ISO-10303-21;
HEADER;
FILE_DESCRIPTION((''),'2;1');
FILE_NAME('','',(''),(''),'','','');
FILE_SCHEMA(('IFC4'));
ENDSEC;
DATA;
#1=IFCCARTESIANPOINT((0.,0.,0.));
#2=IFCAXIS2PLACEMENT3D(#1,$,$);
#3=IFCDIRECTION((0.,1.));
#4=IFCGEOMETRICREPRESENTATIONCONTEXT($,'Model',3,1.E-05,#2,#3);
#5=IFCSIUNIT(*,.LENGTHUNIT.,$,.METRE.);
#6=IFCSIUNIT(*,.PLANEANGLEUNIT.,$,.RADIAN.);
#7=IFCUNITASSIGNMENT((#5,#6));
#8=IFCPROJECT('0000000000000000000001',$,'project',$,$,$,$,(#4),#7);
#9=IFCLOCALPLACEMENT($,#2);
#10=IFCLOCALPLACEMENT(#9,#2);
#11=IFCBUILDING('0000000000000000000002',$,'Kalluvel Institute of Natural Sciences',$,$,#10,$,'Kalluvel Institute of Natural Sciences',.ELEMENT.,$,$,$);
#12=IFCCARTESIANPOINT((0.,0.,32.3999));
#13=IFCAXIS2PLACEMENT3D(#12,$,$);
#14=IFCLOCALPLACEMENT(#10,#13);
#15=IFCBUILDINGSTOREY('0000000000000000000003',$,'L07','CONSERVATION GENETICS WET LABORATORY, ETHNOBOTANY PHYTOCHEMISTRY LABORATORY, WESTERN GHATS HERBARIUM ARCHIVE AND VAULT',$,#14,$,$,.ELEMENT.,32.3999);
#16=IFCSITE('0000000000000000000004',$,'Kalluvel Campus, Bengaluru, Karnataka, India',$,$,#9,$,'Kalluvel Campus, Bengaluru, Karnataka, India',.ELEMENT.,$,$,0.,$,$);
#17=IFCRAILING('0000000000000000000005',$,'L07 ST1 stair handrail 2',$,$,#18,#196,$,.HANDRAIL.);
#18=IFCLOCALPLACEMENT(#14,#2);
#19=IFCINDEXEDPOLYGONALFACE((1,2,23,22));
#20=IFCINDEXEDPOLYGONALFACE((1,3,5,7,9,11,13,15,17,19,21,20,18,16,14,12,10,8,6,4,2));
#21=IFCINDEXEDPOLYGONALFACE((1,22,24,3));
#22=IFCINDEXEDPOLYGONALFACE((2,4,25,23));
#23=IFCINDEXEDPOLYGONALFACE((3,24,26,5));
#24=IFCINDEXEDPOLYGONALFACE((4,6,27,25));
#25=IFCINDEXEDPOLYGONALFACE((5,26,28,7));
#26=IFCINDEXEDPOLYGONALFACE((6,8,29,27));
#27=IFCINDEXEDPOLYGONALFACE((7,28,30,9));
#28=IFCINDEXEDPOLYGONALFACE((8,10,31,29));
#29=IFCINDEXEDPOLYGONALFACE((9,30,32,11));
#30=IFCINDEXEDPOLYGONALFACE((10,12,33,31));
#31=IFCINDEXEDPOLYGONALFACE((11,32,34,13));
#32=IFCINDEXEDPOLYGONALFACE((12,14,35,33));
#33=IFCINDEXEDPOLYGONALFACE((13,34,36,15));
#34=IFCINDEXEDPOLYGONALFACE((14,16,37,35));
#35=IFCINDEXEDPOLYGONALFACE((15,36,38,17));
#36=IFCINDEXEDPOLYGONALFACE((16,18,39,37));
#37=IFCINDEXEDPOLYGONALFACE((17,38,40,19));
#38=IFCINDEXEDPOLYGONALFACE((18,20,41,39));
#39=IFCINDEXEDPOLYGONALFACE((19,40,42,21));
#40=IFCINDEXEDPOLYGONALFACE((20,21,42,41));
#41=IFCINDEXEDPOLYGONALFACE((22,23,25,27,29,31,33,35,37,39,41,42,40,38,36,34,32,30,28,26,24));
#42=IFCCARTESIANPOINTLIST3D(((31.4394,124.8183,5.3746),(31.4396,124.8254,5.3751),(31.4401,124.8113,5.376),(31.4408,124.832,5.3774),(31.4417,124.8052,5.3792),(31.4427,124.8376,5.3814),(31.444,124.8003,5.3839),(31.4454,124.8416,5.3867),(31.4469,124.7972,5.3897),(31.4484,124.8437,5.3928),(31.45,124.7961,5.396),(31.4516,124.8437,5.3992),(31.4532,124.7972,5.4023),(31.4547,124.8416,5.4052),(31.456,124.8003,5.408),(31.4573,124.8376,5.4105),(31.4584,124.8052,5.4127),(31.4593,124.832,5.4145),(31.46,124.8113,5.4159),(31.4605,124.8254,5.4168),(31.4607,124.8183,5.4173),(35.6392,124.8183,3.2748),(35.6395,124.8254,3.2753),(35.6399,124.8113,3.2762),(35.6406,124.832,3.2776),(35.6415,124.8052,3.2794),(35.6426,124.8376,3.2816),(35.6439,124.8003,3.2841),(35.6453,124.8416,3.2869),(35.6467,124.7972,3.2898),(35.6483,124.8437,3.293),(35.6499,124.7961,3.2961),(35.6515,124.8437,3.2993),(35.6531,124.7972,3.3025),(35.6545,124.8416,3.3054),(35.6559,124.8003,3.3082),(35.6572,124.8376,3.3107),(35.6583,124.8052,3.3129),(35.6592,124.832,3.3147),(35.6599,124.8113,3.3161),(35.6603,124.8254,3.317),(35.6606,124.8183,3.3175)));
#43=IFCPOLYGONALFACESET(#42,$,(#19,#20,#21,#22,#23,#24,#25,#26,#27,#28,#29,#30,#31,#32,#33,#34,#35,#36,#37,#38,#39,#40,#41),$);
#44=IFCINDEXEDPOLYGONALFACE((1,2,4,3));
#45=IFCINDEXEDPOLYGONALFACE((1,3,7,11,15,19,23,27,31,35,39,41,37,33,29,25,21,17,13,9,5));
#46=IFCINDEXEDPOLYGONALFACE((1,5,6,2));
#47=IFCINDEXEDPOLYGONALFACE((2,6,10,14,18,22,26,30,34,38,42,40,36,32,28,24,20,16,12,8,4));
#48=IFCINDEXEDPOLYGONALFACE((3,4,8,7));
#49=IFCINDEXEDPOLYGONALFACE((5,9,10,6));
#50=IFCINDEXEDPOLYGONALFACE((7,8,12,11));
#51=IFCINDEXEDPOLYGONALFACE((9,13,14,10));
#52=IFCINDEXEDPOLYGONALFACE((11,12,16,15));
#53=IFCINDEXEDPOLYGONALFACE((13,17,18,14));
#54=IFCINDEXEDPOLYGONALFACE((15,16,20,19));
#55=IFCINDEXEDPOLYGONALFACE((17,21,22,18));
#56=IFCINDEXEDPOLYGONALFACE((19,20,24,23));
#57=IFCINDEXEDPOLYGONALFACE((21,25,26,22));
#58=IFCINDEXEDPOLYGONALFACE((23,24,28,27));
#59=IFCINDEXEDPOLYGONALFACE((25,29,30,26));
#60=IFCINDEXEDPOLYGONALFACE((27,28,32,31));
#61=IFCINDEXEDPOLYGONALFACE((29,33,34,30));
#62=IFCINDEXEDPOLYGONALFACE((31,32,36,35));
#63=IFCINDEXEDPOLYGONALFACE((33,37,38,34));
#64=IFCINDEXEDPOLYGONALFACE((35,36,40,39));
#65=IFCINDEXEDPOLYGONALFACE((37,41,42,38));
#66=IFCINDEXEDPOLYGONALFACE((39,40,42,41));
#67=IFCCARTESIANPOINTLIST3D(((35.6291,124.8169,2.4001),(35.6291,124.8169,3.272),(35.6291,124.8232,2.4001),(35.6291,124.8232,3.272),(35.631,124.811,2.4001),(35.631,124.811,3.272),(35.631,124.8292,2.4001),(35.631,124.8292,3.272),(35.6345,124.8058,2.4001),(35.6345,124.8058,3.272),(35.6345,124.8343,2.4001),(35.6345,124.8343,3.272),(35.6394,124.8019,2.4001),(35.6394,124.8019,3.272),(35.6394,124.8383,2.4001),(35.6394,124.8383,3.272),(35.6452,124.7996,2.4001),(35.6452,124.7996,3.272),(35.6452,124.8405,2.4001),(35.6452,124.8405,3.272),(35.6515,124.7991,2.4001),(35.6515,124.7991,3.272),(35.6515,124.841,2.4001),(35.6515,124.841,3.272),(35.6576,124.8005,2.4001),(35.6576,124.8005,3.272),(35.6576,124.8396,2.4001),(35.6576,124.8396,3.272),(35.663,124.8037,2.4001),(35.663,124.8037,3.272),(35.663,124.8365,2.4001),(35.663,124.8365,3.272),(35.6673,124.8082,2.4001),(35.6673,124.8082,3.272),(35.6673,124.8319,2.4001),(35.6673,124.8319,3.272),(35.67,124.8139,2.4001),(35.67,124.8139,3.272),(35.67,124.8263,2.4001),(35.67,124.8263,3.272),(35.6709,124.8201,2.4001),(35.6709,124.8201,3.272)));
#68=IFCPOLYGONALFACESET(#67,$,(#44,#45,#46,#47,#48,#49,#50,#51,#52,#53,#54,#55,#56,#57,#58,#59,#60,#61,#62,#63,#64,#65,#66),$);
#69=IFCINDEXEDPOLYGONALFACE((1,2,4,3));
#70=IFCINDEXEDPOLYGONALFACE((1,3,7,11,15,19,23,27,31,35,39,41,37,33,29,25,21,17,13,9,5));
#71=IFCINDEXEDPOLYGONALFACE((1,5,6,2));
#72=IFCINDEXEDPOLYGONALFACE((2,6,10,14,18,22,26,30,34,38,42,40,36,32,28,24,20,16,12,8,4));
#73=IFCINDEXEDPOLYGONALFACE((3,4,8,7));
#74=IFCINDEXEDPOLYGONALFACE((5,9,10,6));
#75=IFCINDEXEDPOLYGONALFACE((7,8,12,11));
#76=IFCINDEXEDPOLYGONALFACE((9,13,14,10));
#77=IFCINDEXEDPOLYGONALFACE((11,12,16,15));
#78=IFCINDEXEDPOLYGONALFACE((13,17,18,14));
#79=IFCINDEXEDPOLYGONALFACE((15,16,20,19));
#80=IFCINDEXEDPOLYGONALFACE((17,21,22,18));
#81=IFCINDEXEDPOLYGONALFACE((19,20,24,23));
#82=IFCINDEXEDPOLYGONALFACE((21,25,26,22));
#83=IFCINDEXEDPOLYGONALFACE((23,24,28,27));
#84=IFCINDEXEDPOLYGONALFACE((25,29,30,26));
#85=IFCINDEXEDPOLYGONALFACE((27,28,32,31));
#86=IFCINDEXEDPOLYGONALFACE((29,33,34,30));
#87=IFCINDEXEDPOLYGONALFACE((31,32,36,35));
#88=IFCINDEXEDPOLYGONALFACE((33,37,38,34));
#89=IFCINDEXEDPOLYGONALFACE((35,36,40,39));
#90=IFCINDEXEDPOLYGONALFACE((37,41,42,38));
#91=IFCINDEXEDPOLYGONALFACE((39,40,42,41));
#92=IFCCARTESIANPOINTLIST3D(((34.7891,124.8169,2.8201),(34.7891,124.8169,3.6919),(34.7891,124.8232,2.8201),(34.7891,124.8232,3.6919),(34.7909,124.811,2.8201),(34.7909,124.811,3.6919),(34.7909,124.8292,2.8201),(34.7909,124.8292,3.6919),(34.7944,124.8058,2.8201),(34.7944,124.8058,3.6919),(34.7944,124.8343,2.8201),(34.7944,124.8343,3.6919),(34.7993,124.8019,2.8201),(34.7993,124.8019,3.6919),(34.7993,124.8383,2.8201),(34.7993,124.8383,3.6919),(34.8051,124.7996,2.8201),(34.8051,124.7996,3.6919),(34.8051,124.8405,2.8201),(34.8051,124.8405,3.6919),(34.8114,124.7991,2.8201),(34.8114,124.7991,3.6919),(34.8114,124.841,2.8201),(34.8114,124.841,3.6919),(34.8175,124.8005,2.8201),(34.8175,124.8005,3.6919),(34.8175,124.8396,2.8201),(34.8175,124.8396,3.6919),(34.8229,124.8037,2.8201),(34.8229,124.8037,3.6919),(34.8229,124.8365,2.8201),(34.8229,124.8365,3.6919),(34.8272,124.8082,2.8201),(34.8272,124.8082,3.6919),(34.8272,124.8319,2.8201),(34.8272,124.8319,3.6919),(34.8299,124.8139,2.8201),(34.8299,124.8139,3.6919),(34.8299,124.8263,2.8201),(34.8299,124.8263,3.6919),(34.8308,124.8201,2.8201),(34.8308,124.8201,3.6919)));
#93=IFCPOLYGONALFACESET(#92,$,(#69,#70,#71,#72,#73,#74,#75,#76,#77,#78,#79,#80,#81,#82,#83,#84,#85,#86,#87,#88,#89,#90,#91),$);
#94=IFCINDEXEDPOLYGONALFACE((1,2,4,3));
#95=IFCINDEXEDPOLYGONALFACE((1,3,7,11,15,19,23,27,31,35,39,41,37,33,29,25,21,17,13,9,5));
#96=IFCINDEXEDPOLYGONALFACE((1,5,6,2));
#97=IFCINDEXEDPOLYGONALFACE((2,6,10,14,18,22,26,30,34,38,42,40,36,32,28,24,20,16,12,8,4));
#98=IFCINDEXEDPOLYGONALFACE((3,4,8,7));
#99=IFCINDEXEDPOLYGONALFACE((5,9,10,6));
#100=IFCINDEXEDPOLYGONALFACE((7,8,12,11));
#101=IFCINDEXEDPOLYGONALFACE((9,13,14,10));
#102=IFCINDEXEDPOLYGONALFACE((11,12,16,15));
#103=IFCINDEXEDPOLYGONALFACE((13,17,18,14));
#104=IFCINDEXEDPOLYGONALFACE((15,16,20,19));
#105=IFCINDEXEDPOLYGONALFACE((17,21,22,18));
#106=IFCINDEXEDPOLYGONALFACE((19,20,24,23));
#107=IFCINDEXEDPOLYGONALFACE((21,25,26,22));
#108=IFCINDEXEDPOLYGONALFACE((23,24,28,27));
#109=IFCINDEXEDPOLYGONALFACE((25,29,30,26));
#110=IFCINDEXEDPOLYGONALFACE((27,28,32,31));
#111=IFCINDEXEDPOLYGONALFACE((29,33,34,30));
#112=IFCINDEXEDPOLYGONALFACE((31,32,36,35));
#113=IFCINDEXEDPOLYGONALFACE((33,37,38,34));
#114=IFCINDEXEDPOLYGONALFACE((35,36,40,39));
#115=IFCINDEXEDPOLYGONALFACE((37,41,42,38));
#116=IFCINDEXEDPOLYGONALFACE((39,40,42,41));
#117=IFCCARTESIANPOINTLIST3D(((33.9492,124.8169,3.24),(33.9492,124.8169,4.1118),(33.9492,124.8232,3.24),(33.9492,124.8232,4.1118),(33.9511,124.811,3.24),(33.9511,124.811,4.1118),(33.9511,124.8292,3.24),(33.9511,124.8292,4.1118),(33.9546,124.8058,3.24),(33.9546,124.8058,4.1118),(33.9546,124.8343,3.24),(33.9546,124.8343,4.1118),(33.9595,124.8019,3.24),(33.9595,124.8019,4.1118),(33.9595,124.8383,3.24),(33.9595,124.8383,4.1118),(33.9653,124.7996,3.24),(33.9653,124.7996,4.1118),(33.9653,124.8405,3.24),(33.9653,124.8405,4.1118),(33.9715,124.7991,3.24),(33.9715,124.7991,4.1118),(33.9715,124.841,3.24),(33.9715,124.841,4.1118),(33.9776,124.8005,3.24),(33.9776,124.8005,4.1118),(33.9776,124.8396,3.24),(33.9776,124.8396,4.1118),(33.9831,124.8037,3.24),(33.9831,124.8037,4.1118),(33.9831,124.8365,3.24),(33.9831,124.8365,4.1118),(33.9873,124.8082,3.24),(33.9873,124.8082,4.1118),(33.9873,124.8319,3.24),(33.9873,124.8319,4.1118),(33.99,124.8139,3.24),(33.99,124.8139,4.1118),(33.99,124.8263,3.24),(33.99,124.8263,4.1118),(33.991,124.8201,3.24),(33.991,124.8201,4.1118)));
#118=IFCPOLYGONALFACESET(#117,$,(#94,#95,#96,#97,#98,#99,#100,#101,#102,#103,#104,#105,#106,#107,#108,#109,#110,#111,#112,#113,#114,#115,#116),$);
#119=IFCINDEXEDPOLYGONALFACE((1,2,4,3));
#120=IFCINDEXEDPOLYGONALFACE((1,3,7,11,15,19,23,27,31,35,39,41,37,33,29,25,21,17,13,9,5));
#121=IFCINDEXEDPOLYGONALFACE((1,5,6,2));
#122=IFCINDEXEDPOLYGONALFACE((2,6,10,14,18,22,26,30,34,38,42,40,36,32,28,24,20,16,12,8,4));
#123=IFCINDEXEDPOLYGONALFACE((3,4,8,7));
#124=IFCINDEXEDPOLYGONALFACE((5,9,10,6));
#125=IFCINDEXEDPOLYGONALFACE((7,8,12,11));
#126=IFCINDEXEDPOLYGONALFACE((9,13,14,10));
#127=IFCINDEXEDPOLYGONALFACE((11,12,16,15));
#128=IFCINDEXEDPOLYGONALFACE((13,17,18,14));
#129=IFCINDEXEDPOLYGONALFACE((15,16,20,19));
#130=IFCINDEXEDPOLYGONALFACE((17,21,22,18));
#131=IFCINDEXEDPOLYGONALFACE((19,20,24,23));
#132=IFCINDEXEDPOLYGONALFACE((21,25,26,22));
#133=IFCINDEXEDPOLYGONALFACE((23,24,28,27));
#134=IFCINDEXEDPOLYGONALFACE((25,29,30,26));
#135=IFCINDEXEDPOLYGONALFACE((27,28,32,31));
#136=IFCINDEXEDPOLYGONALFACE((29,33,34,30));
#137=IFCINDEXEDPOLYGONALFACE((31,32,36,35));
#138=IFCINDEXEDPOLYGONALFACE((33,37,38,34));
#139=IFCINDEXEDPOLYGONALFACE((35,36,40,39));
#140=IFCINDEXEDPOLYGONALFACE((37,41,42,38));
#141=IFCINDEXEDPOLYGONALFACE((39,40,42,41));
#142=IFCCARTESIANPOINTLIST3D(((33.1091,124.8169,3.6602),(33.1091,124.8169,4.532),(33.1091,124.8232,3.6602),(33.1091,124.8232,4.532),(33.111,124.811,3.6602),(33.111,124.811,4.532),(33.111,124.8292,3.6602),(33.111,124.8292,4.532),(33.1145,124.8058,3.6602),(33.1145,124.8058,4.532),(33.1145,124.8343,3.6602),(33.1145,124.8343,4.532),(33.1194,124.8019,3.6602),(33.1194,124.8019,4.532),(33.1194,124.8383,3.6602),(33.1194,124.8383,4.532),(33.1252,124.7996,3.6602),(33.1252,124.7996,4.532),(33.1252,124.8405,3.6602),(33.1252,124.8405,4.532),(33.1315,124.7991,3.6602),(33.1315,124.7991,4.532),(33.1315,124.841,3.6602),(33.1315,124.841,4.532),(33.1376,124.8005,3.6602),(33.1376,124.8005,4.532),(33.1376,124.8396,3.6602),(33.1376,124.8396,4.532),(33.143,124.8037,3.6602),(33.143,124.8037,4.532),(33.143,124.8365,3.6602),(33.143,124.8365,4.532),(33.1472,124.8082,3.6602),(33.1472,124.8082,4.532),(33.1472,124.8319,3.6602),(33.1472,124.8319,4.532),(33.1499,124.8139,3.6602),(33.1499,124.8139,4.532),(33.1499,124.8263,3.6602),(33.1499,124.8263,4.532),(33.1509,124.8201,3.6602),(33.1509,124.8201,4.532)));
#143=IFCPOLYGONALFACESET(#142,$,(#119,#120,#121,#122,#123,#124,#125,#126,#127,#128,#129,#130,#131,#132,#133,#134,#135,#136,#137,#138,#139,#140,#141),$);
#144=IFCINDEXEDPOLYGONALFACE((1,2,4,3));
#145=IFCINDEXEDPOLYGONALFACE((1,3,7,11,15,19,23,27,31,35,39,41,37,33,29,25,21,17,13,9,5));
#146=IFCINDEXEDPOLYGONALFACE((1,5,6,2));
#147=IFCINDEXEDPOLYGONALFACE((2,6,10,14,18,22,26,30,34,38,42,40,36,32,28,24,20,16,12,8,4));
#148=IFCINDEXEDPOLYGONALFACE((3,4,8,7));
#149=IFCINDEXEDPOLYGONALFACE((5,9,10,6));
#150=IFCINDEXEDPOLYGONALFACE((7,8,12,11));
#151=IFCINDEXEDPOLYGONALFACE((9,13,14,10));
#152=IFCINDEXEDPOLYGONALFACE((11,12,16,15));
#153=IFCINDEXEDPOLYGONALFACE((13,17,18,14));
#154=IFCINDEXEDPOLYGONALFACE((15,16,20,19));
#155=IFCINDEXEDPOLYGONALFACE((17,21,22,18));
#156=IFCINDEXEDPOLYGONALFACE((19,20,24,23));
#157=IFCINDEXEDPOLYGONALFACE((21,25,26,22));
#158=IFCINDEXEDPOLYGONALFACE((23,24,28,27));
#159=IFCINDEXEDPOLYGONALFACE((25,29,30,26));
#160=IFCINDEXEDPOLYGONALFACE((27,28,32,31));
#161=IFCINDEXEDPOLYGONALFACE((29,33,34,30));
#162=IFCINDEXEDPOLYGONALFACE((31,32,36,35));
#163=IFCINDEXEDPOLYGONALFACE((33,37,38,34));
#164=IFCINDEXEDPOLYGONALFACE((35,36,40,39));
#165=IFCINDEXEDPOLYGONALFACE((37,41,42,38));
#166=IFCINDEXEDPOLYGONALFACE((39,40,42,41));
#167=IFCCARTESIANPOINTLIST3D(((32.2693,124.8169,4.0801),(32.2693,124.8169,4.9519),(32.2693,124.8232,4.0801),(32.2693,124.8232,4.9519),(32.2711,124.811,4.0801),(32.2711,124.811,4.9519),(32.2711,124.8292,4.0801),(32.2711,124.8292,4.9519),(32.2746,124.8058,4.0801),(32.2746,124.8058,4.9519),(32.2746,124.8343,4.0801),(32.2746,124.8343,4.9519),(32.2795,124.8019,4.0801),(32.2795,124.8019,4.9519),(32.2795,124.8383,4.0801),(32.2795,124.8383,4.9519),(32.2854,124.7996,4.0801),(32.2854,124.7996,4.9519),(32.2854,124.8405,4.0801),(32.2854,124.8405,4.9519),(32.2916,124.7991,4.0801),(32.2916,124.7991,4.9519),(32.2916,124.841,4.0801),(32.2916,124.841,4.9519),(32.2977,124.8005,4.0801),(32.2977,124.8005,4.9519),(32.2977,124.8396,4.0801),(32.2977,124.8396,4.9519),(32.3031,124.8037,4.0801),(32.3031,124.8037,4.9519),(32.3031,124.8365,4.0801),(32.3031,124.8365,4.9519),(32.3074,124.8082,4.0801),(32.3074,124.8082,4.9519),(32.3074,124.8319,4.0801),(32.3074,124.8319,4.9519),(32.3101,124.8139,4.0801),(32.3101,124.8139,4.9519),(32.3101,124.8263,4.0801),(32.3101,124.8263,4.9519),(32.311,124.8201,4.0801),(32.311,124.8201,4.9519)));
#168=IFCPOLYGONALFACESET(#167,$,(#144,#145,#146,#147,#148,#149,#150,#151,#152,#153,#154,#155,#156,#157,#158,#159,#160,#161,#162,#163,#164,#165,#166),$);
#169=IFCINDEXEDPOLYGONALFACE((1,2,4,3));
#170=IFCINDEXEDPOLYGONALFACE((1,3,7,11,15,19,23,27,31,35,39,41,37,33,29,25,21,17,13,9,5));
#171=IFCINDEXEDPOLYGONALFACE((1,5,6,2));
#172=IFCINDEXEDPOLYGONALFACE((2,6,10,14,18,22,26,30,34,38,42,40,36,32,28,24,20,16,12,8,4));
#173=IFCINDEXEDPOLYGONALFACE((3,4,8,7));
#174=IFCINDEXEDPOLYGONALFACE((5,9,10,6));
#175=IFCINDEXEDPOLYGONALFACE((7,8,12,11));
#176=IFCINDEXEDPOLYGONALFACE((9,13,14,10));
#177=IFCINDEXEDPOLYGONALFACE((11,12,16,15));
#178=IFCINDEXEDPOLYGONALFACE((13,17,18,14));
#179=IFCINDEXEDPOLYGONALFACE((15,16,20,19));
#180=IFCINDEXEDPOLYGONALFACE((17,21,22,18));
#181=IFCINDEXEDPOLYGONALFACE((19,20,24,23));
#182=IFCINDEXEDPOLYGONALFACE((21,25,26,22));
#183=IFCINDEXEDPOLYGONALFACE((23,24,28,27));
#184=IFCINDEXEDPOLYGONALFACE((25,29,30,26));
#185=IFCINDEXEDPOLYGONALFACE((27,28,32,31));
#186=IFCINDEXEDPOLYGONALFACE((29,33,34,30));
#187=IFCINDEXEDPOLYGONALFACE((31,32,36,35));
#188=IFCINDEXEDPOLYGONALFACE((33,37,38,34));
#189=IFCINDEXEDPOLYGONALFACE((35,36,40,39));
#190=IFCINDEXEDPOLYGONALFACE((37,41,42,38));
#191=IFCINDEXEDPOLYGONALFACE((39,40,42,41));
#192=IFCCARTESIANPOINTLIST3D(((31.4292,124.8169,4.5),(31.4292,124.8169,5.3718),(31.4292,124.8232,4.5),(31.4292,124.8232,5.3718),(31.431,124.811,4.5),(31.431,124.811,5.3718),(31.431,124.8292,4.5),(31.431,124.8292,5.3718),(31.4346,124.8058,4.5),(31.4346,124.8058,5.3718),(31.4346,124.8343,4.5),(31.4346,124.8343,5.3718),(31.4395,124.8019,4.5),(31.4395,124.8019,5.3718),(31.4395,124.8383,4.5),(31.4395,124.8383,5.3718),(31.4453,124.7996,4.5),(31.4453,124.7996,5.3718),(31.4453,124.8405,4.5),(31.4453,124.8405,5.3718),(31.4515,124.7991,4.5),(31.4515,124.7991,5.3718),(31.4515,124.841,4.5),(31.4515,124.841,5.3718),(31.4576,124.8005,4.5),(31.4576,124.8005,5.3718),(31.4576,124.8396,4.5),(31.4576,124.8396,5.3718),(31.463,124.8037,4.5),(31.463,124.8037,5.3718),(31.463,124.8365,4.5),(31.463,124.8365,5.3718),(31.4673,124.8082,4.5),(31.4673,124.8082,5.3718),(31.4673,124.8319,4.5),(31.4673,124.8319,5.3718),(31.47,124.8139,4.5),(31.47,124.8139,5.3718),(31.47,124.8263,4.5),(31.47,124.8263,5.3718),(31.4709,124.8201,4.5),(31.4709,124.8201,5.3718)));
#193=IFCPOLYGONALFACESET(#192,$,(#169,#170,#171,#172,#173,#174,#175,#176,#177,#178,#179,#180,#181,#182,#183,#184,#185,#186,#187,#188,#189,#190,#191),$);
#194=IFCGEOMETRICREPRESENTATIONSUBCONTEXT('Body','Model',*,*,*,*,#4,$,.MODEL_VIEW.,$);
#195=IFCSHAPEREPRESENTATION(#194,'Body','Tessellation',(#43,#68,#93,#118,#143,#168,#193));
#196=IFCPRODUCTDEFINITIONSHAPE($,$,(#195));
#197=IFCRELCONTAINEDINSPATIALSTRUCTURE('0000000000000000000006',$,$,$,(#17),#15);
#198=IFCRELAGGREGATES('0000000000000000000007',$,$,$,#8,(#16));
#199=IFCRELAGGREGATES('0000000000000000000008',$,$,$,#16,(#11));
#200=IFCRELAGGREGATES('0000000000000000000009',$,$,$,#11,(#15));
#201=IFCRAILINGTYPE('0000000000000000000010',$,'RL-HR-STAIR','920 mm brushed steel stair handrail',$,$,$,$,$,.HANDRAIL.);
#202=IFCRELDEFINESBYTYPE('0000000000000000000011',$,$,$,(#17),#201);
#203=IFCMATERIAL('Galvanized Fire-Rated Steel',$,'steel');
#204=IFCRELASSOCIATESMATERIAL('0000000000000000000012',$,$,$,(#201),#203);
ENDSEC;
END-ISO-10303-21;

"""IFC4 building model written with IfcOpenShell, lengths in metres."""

from ifc_helpers import new_model, si_unit, direction, frame, origin, origin_2d, place, context, subcontext, project, spatial, circle, extrude, material, type_object, element, save


model = new_model("IFC4")

# Units and contexts
model_context = context("Model", 3, precision=1e-05, world=origin(), true_north=direction((0.0, 1.0)))
body_context = subcontext(model_context, "Body", "Model", "MODEL_VIEW")
ifc_project = project(units=[si_unit("LENGTHUNIT", "METRE"), si_unit("PLANEANGLEUNIT", "RADIAN")], contexts=[model_context])

# Site, building, storey
site_placement = place(None, origin())
site = spatial("IfcSite", under=ifc_project, at=site_placement, Name="Kalluvel Campus, Bengaluru, Karnataka, India", LongName="Kalluvel Campus, Bengaluru, Karnataka, India", CompositionType="ELEMENT", RefElevation=0.0)
building_placement = place(site_placement, origin())
building = spatial("IfcBuilding", under=site, at=building_placement, Name="Kalluvel Institute of Natural Sciences", LongName="Kalluvel Institute of Natural Sciences", CompositionType="ELEMENT")
storey_placement = place(building_placement, frame((0.0, 0.0, 32.3999)))
storey = spatial("IfcBuildingStorey", under=building, at=storey_placement, Name="L07", Description="CONSERVATION GENETICS WET LABORATORY, ETHNOBOTANY PHYTOCHEMISTRY LABORATORY, WESTERN GHATS HERBARIUM ARCHIVE AND VAULT", CompositionType="ELEMENT", Elevation=32.3999)

# Shared definitions
ifc_material_1 = material(Name="Galvanized Fire-Rated Steel", Category="steel")

# Railing
railing_type_1 = type_object("IfcRailingType", Name="RL-HR-STAIR", Description="920 mm brushed steel stair handrail", PredefinedType="HANDRAIL", material=ifc_material_1)
railing_1_placement = place(storey_placement, frame((35.6499, 124.8201, 2.4001)))
element("IfcRailing", 1, at=railing_1_placement, inside=storey, type_object=railing_type_1, Name="L07 ST1 stair handrail 2", PredefinedType="HANDRAIL", context=body_context, shape_type="SweptSolid", body=[
    extrude(circle(Radius=0.0239, at=origin_2d()), frame((0.0, 0.0, 0.896), z_axis=(-0.894438, 0.0, 0.447193), x_axis=(0.0, -1.0, 0.0)), (0.0, 0.0, 1.0), 4.6956),
    extrude(circle(Radius=0.021, at=origin_2d()), origin(), (0.0, 0.0, 1.0), 0.8718),
    extrude(circle(Radius=0.021, at=origin_2d()), frame((-0.8401, 0.0, 0.4199)), (0.0, 0.0, 1.0), 0.8718),
    extrude(circle(Radius=0.021, at=origin_2d()), frame((-1.6799, 0.0, 0.8398)), (0.0, 0.0, 1.0), 0.8718),
    extrude(circle(Radius=0.021, at=origin_2d()), frame((-2.52, 0.0, 1.26)), (0.0, 0.0, 1.0), 0.8718),
    extrude(circle(Radius=0.021, at=origin_2d()), frame((-3.3599, 0.0, 1.6799)), (0.0, 0.0, 1.0), 0.8718),
    extrude(circle(Radius=0.021, at=origin_2d()), frame((-4.2, 0.0, 2.0999)), (0.0, 0.0, 1.0), 0.8718),
])

save(model, "model.ifc")
